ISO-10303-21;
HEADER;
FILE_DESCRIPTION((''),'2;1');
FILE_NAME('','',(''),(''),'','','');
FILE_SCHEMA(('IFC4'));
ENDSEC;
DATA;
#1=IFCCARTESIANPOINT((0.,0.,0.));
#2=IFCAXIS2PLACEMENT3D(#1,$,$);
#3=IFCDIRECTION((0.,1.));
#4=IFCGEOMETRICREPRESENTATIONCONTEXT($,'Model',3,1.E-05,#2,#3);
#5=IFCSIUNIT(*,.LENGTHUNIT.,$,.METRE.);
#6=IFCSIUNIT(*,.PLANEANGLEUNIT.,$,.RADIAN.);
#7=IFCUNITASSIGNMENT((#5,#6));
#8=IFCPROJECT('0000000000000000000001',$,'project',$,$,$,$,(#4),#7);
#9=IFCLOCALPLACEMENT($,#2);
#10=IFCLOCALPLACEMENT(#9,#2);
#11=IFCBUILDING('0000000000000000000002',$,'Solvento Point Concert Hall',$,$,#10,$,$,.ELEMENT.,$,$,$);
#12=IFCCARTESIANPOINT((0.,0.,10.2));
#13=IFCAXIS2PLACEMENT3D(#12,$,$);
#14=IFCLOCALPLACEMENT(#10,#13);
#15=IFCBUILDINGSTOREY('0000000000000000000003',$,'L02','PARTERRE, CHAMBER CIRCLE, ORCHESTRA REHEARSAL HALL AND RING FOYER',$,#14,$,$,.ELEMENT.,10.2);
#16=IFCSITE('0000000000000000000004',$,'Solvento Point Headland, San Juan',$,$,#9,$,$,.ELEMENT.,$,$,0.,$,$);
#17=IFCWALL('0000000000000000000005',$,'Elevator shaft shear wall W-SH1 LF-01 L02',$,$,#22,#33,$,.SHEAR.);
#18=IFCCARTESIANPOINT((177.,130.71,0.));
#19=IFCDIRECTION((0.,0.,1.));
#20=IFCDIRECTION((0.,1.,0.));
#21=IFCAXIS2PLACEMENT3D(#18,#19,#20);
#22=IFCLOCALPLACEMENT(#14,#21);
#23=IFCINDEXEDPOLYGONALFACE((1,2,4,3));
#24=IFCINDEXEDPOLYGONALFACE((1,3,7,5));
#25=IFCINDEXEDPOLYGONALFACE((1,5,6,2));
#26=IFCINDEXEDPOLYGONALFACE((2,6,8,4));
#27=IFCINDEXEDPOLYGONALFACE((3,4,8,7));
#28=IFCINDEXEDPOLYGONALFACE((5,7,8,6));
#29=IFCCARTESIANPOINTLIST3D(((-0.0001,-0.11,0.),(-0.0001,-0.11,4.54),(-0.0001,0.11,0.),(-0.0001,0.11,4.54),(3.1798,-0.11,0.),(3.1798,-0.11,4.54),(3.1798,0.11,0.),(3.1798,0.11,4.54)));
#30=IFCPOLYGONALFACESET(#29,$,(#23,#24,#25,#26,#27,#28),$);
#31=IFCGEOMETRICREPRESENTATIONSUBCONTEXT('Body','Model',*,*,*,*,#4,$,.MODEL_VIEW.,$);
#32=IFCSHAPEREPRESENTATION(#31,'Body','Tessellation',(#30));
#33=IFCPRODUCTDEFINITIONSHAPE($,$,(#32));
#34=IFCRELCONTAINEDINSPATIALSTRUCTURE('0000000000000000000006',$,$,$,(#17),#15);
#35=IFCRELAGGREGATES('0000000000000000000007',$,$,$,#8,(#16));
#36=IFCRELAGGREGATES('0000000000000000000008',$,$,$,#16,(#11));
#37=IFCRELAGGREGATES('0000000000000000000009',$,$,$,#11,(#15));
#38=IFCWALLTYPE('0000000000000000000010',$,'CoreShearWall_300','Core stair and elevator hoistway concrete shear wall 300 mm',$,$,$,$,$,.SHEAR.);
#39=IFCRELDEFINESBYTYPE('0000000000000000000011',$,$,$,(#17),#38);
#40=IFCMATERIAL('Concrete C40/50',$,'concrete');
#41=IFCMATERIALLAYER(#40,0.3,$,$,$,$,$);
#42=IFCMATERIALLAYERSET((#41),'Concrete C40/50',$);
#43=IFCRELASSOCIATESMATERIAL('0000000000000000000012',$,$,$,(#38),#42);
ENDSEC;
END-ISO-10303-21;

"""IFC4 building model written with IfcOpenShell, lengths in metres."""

from ifc_helpers import new_model, si_unit, direction, frame, frame_2d, origin, place, context, subcontext, project, spatial, rectangle, extrude, material, layer, layer_set, type_object, element, save


model = new_model("IFC4")

# Units and contexts
model_context = context("Model", 3, precision=1e-05, world=origin(), true_north=direction((0.0, 1.0)))
body_context = subcontext(model_context, "Body", "Model", "MODEL_VIEW")
ifc_project = project(units=[si_unit("LENGTHUNIT", "METRE"), si_unit("PLANEANGLEUNIT", "RADIAN")], contexts=[model_context])

# Site, building, storey
site_placement = place(None, origin())
site = spatial("IfcSite", under=ifc_project, at=site_placement, Name="Solvento Point Headland, San Juan", CompositionType="ELEMENT", RefElevation=0.0)
building_placement = place(site_placement, origin())
building = spatial("IfcBuilding", under=site, at=building_placement, Name="Solvento Point Concert Hall", CompositionType="ELEMENT")
storey_placement = place(building_placement, frame((0.0, 0.0, 10.2)))
storey = spatial("IfcBuildingStorey", under=building, at=storey_placement, Name="L02", Description="PARTERRE, CHAMBER CIRCLE, ORCHESTRA REHEARSAL HALL AND RING FOYER", CompositionType="ELEMENT", Elevation=10.2)

# Shared definitions
ifc_material_1 = material(Name="Concrete C40/50", Category="concrete")
ifc_layer_1 = layer(ifc_material_1, 0.3)
ifc_layer_set_1 = layer_set([ifc_layer_1], Name="Concrete C40/50")
wall_type_1 = type_object("IfcWallType", Name="CoreShearWall_300", Description="Core stair and elevator hoistway concrete shear wall 300 mm", PredefinedType="SHEAR", material=ifc_layer_set_1)

# Wall
wall_1_placement = place(storey_placement, frame((177.0, 130.71, 0.0), z_axis=(0.0, 0.0, 1.0), x_axis=(0.0, 1.0, 0.0)))
element("IfcWall", 1, at=wall_1_placement, inside=storey, type_object=wall_type_1, Name="Elevator shaft shear wall W-SH1 LF-01 L02", PredefinedType="SHEAR", context=body_context, shape_type="SweptSolid", body=[
    extrude(rectangle(XDim=3.1799, YDim=0.22, at=frame_2d((1.5898, 0.0))), origin(), (0.0, 0.0, 1.0), 4.54),
])

save(model, "model.ifc")
